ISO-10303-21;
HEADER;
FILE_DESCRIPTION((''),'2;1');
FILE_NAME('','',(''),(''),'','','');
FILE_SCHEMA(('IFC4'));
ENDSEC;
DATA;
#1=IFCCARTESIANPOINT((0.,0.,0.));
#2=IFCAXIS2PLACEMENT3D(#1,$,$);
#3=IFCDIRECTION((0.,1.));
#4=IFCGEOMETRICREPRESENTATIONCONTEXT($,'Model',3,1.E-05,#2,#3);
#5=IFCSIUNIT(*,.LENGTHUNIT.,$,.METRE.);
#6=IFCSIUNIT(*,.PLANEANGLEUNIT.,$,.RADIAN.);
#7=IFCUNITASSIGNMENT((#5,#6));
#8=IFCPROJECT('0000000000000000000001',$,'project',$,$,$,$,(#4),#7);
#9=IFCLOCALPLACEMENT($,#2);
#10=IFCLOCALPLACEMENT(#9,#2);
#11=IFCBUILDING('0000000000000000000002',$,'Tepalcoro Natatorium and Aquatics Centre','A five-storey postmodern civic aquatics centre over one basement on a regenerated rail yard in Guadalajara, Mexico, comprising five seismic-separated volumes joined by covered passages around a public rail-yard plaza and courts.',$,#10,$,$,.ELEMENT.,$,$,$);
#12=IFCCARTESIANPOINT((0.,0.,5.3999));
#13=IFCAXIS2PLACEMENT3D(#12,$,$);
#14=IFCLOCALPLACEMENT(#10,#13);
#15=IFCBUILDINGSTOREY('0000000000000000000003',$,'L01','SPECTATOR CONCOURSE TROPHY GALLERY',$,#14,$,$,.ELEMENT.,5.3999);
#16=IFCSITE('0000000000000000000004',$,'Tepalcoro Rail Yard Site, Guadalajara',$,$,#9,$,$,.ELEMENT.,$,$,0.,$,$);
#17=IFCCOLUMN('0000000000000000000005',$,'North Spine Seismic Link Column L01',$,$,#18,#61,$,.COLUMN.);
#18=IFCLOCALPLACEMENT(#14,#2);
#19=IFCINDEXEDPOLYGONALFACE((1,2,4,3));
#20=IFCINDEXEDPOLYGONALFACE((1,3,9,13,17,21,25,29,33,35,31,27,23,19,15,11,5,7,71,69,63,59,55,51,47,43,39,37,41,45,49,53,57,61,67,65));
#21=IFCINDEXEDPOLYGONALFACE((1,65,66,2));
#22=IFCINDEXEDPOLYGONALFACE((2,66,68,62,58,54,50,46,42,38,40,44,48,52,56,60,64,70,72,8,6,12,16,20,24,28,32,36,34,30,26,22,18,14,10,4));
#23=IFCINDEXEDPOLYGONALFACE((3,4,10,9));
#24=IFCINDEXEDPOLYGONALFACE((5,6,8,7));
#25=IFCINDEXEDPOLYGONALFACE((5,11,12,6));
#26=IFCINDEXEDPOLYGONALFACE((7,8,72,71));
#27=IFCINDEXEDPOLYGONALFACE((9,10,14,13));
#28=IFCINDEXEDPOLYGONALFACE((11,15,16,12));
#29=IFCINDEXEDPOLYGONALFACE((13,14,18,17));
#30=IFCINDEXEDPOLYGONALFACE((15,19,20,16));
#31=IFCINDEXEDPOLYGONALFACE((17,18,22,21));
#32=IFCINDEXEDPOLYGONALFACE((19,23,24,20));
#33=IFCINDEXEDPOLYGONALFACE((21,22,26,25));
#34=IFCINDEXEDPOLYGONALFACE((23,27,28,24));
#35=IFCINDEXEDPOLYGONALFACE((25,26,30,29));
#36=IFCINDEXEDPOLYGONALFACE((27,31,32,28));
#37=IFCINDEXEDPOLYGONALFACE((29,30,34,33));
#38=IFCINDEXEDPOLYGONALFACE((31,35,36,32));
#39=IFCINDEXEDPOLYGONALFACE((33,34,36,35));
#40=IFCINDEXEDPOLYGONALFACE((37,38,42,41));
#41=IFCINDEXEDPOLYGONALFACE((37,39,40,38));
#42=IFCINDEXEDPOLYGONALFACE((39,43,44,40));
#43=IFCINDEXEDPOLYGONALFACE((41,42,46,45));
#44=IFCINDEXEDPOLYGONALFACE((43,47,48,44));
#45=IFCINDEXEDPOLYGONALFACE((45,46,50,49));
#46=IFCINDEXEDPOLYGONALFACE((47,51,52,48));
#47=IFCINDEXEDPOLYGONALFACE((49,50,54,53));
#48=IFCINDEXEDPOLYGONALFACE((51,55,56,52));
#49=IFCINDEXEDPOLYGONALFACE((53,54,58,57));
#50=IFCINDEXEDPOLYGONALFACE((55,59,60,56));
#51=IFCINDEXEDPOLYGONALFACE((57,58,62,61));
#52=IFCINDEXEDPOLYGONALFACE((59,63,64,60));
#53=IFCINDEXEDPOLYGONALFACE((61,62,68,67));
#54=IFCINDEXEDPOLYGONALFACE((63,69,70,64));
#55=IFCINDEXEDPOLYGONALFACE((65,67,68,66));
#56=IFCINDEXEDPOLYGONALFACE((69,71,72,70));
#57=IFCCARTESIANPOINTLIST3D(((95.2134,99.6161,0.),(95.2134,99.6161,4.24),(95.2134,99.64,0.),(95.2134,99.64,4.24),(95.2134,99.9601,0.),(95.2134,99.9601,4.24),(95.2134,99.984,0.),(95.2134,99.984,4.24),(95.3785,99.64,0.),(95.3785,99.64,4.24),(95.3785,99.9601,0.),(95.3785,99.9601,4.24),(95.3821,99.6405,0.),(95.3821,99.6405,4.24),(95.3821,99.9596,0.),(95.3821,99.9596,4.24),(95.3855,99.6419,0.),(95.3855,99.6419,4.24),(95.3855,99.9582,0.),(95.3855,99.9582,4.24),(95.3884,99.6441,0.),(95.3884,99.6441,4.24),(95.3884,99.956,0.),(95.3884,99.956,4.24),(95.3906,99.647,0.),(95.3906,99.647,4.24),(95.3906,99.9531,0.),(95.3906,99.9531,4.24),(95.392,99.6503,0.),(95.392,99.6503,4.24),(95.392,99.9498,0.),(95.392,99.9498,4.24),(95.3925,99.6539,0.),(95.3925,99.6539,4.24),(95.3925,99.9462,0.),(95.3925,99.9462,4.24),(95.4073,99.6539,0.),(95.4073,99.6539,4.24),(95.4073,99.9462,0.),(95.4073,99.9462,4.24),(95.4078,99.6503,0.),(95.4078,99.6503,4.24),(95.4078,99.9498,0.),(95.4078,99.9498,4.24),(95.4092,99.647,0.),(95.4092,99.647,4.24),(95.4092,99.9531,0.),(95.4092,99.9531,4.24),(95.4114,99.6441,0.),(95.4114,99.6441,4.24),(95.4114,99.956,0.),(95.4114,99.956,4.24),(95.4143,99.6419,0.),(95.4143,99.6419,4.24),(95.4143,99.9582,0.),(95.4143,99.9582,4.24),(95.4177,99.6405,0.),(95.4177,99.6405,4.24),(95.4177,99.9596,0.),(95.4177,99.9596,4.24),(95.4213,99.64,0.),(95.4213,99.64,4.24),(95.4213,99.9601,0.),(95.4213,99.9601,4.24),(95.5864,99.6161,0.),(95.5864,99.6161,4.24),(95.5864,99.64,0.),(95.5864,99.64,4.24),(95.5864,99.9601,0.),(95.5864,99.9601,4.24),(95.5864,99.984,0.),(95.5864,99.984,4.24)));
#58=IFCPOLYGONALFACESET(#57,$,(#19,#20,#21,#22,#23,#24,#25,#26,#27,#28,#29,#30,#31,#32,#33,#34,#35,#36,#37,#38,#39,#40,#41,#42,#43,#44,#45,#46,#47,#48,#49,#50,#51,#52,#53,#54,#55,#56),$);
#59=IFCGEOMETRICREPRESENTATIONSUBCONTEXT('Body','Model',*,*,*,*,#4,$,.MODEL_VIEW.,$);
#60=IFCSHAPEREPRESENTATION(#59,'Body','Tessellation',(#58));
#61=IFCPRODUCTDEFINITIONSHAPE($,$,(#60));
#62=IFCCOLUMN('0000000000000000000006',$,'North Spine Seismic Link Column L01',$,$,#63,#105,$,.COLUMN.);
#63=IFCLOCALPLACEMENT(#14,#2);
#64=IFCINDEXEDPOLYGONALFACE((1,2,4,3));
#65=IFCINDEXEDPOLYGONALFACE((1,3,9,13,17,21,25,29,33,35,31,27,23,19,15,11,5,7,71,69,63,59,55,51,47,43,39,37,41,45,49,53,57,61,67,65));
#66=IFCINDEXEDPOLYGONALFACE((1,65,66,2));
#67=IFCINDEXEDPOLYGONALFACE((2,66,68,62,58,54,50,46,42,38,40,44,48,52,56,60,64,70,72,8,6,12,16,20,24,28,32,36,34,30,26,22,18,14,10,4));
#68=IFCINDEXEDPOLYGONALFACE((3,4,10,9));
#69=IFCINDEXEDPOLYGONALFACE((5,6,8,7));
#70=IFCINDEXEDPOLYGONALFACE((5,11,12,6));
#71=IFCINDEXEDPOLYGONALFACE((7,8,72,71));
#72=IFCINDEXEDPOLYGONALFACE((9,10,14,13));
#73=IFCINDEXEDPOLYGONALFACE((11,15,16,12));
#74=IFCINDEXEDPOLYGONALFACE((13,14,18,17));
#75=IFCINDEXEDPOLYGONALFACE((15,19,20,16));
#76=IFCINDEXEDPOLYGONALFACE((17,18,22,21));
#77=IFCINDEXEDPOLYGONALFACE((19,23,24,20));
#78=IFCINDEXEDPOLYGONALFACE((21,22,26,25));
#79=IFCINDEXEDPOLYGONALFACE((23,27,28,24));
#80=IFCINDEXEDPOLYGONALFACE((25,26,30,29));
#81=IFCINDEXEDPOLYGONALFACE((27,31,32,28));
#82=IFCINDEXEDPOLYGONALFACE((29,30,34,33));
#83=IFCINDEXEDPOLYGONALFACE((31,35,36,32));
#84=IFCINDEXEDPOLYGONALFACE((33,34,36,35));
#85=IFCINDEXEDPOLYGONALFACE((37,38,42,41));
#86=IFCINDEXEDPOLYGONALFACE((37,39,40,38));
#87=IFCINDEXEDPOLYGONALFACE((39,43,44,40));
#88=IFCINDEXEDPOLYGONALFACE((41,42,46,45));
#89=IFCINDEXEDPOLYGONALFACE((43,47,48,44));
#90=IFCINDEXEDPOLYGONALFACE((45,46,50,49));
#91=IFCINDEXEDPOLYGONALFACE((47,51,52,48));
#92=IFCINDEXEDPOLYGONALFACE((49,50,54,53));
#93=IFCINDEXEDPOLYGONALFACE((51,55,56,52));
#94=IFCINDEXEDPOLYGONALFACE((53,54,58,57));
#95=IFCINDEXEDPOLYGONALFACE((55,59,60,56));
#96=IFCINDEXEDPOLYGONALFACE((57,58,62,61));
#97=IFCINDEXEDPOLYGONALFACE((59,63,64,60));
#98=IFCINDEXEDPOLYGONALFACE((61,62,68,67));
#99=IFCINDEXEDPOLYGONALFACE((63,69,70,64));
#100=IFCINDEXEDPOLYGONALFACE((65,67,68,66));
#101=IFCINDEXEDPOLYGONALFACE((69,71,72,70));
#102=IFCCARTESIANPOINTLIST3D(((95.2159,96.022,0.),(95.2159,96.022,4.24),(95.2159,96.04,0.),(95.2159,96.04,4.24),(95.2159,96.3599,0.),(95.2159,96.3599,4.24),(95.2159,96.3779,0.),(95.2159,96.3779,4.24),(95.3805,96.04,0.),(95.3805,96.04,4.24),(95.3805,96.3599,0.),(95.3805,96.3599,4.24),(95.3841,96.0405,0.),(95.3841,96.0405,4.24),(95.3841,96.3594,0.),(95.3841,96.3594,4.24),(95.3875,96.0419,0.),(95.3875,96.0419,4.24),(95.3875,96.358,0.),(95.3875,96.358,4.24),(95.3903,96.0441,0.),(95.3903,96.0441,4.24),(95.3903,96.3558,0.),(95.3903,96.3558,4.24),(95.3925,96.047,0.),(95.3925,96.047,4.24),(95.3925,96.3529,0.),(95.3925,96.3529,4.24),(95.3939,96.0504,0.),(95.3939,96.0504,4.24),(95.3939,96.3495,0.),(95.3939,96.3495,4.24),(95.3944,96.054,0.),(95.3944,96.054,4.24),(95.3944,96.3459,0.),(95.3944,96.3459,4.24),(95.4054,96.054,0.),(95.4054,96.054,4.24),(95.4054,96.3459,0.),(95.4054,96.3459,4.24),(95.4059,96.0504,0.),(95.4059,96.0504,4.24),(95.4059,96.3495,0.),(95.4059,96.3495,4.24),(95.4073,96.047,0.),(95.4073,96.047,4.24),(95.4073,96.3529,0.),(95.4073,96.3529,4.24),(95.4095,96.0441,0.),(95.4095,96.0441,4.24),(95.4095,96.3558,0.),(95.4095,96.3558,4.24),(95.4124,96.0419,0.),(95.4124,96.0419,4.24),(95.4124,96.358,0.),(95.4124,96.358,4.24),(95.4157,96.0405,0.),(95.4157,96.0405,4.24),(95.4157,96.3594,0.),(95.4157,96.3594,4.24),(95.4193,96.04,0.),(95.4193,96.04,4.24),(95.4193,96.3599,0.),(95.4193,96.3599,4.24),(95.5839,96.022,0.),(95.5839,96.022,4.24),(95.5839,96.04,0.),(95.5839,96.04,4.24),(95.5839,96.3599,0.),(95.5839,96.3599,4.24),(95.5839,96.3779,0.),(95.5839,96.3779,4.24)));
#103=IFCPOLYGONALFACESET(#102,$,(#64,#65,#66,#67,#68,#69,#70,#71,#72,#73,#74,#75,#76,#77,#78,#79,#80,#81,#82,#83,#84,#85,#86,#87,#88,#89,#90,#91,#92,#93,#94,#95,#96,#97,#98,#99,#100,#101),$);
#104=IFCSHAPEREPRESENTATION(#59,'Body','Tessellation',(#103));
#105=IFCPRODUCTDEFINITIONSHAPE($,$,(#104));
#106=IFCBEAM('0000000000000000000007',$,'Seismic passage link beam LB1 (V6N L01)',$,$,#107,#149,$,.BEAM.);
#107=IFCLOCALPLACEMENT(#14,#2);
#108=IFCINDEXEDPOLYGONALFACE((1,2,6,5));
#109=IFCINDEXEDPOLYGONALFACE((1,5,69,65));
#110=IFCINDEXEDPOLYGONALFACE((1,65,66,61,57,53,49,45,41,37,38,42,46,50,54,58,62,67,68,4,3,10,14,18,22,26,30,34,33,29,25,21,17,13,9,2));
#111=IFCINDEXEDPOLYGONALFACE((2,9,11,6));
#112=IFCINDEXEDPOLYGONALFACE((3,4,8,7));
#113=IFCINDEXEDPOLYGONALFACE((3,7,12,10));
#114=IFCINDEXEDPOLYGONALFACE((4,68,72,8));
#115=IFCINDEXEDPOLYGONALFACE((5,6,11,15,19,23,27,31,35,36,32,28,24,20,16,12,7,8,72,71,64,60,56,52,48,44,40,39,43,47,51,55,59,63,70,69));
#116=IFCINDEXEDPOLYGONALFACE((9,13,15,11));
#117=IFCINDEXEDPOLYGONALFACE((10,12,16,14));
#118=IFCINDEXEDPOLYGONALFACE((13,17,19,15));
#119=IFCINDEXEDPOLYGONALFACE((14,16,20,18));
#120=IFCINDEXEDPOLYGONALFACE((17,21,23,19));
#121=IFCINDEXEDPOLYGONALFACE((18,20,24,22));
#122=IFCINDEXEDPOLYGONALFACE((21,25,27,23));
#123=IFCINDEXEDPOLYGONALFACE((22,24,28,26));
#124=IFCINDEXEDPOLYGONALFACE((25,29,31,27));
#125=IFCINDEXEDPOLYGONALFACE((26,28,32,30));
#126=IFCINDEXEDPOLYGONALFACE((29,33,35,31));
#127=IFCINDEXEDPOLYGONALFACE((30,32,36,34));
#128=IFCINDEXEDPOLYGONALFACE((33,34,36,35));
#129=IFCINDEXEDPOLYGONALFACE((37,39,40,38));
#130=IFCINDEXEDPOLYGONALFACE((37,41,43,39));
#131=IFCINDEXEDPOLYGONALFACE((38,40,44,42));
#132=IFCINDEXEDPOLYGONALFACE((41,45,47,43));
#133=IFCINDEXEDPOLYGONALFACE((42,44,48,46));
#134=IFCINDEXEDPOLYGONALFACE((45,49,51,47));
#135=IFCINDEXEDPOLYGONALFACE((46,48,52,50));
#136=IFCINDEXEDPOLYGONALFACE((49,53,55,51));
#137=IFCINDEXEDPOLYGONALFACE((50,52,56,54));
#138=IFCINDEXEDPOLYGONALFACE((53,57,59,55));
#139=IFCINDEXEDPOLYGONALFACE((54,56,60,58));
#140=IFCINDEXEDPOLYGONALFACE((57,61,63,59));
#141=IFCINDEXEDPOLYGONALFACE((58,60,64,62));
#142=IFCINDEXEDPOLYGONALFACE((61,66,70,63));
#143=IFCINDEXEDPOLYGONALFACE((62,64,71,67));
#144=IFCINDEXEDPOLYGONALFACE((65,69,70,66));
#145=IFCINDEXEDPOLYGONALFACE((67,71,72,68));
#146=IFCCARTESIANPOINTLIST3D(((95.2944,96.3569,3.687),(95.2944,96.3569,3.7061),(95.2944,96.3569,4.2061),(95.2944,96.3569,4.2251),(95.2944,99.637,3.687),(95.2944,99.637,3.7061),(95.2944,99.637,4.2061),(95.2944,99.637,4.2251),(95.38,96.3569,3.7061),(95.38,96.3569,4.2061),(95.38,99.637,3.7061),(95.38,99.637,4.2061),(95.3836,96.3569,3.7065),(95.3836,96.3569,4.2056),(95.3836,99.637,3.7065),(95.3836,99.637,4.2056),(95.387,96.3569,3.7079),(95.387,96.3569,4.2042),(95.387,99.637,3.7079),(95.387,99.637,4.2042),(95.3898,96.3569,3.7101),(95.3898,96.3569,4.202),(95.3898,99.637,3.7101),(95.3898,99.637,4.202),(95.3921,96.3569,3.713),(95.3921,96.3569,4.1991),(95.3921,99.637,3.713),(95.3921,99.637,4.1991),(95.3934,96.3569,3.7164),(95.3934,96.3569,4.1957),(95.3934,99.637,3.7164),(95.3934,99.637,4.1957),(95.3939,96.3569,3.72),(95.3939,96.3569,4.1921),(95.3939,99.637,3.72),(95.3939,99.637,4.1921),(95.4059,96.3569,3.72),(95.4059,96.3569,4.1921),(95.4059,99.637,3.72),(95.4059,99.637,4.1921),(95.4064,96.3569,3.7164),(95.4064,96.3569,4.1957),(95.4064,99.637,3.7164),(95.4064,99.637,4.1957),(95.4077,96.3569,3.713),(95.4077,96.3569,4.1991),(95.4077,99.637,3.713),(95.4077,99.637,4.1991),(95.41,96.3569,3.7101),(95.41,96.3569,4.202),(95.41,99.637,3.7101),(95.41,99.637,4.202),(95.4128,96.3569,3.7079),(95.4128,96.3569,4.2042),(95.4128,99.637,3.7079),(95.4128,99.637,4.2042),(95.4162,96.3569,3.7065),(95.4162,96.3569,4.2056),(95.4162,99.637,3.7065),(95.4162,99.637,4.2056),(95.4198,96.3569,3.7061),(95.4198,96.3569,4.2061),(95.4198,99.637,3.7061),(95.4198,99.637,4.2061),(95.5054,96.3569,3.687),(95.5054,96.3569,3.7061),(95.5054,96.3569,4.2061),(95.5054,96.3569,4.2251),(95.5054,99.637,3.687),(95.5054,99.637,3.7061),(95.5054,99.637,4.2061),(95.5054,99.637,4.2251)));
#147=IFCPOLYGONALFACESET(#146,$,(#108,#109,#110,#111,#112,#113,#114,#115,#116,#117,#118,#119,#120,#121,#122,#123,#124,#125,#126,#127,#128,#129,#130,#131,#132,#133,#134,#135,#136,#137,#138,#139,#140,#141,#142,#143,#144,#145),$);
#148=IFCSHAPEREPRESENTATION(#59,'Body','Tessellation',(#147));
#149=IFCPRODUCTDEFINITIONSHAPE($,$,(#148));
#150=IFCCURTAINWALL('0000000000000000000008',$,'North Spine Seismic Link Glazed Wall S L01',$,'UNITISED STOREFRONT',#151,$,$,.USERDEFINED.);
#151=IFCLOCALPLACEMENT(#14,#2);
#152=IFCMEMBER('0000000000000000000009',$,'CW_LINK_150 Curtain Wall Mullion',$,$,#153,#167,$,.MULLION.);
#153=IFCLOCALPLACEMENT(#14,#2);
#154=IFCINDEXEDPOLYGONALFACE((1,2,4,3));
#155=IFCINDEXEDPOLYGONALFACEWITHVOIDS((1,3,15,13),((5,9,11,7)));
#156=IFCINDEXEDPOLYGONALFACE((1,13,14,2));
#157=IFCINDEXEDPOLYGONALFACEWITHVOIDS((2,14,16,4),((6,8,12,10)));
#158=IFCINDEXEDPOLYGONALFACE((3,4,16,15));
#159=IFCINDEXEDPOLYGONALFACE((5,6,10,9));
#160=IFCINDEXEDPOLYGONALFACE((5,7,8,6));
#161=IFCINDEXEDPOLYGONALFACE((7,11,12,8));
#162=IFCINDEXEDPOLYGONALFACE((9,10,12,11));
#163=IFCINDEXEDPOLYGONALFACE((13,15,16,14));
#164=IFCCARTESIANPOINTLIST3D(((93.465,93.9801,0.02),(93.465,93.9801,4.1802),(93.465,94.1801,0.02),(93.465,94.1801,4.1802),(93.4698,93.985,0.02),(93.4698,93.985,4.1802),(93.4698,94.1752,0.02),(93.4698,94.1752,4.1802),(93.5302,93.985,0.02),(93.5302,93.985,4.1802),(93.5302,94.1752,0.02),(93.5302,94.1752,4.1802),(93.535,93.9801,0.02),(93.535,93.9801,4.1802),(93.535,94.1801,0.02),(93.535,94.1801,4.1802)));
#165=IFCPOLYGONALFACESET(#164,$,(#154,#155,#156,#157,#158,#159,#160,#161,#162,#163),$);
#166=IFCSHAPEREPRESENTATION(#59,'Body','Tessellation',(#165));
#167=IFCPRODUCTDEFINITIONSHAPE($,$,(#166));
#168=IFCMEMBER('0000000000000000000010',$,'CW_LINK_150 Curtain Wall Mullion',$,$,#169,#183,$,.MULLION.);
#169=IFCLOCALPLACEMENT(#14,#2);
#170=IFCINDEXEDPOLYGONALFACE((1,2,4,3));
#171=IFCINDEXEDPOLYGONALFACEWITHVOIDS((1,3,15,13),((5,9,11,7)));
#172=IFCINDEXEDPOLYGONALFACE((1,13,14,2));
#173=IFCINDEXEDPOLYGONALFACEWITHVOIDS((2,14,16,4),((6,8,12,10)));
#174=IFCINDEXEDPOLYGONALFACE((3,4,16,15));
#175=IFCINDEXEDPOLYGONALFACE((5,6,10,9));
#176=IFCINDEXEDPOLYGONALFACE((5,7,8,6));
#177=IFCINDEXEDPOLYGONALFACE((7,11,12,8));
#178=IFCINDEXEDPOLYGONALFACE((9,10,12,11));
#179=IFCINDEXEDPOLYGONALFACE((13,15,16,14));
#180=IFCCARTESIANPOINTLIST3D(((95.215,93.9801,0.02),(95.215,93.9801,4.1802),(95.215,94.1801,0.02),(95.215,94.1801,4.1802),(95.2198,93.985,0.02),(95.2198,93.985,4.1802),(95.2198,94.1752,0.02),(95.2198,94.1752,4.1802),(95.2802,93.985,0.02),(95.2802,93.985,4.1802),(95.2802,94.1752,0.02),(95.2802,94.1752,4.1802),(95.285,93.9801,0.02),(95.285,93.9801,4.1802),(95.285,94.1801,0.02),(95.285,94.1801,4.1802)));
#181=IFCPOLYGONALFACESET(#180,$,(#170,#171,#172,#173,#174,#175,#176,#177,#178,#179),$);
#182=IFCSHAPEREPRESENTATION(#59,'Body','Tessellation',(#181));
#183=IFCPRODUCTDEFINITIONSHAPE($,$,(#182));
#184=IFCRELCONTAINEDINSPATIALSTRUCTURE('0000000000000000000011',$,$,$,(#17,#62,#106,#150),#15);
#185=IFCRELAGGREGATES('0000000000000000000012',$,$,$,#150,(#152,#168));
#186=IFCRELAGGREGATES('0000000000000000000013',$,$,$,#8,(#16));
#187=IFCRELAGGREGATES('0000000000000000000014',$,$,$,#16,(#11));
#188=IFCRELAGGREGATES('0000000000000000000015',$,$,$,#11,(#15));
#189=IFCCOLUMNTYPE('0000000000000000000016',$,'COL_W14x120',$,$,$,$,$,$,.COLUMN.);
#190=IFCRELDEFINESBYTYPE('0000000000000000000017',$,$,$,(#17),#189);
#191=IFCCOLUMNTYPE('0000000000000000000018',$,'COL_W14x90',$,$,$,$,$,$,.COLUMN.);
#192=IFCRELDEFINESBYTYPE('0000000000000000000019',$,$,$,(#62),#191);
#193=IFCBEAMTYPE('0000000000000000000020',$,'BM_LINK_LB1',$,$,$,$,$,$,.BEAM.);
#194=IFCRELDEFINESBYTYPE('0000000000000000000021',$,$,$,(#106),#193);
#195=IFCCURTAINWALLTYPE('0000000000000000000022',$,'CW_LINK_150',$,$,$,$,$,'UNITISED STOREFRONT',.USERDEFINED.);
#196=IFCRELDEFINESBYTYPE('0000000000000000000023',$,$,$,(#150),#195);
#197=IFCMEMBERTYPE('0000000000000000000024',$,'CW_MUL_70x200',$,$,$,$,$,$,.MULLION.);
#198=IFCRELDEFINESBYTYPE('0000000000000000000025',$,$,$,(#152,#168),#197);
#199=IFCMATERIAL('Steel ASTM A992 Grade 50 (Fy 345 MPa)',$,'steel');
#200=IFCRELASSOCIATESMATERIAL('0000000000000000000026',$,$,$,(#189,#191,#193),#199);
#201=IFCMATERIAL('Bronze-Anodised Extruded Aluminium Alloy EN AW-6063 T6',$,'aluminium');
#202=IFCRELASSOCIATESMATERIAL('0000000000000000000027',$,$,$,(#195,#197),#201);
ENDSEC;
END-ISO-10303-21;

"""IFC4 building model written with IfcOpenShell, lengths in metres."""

from ifc_helpers import new_model, si_unit, direction, frame, origin, origin_2d, place, context, subcontext, project, spatial, hollow_rectangle, i_section, extrude, material, material_profile, profile_set, type_object, element, aggregate, save


model = new_model("IFC4")

# Units and contexts
model_context = context("Model", 3, precision=1e-05, world=origin(), true_north=direction((0.0, 1.0)))
body_context = subcontext(model_context, "Body", "Model", "MODEL_VIEW")
ifc_project = project(units=[si_unit("LENGTHUNIT", "METRE"), si_unit("PLANEANGLEUNIT", "RADIAN")], contexts=[model_context])

# Site, building, storey
site_placement = place(None, origin())
site = spatial("IfcSite", under=ifc_project, at=site_placement, Name="Tepalcoro Rail Yard Site, Guadalajara", CompositionType="ELEMENT", RefElevation=0.0)
building_placement = place(site_placement, origin())
building = spatial("IfcBuilding", under=site, at=building_placement, Name="Tepalcoro Natatorium and Aquatics Centre", Description="A five-storey postmodern civic aquatics centre over one basement on a regenerated rail yard in Guadalajara, Mexico, comprising five seismic-separated volumes joined by covered passages around a public rail-yard plaza and courts.", CompositionType="ELEMENT")
storey_placement = place(building_placement, frame((0.0, 0.0, 5.3999)))
storey = spatial("IfcBuildingStorey", under=building, at=storey_placement, Name="L01", Description="SPECTATOR CONCOURSE TROPHY GALLERY", CompositionType="ELEMENT", Elevation=5.3999)

# Columns
ifc_material_1 = material(Name="Steel ASTM A992 Grade 50 (Fy 345 MPa)", Category="steel")
ifc_material_profile_1 = material_profile(ifc_material_1, i_section(OverallWidth=0.373, OverallDepth=0.3679, WebThickness=0.0149, FlangeThickness=0.0239, FilletRadius=0.0139, at=origin_2d()), Name="W14X120")
ifc_profile_set_1 = profile_set([ifc_material_profile_1], Name="Steel ASTM A992 Grade 50 (Fy 345 MPa)")
column_type_1 = type_object("IfcColumnType", Name="COL_W14x120", PredefinedType="COLUMN", material=ifc_profile_set_1)
column_1_placement = place(storey_placement, frame((95.3999, 99.8, 0.0), z_axis=(0.0, 0.0, 1.0), x_axis=(1.0, 0.0, 0.0)))
element("IfcColumn", 1, at=column_1_placement, inside=storey, type_object=column_type_1, Name="North Spine Seismic Link Column L01", PredefinedType="COLUMN", context=body_context, shape_type="SweptSolid", body=[
    extrude(i_section(OverallWidth=0.373, OverallDepth=0.3679, WebThickness=0.0149, FlangeThickness=0.0239, FilletRadius=0.0139, at=origin_2d()), origin(), (0.0, 0.0, 1.0), 4.24),
])
ifc_material_profile_2 = material_profile(ifc_material_1, i_section(OverallWidth=0.3679, OverallDepth=0.356, WebThickness=0.011, FlangeThickness=0.0181, FilletRadius=0.0139, at=origin_2d()), Name="W14X90")
ifc_profile_set_2 = profile_set([ifc_material_profile_2], Name="Steel ASTM A992 Grade 50 (Fy 345 MPa)")
column_type_2 = type_object("IfcColumnType", Name="COL_W14x90", PredefinedType="COLUMN", material=ifc_profile_set_2)
column_2_placement = place(storey_placement, frame((95.3999, 96.2, 0.0), z_axis=(0.0, 0.0, 1.0), x_axis=(1.0, 0.0, 0.0)))
element("IfcColumn", 2, at=column_2_placement, inside=storey, type_object=column_type_2, Name="North Spine Seismic Link Column L01", PredefinedType="COLUMN", context=body_context, shape_type="SweptSolid", body=[
    extrude(i_section(OverallWidth=0.3679, OverallDepth=0.356, WebThickness=0.011, FlangeThickness=0.0181, FilletRadius=0.0139, at=origin_2d()), origin(), (0.0, 0.0, 1.0), 4.24),
])

# Beam
ifc_material_profile_3 = material_profile(ifc_material_1, i_section(OverallWidth=0.2109, OverallDepth=0.5381, WebThickness=0.012, FlangeThickness=0.019, FilletRadius=0.0139, at=origin_2d()), Name="W21X73")
ifc_profile_set_3 = profile_set([ifc_material_profile_3], Name="Steel ASTM A992 Grade 50 (Fy 345 MPa)")
beam_type_1 = type_object("IfcBeamType", Name="BM_LINK_LB1", PredefinedType="BEAM", material=ifc_profile_set_3)
beam_1_placement = place(storey_placement, frame((95.3999, 96.3569, 3.9561), z_axis=(0.0, 1.0, 0.0), x_axis=(-1.0, 0.0, 0.0)))
element("IfcBeam", 3, at=beam_1_placement, inside=storey, type_object=beam_type_1, Name="Seismic passage link beam LB1 (V6N L01)", PredefinedType="BEAM", context=body_context, shape_type="SweptSolid", body=[
    extrude(i_section(OverallWidth=0.2109, OverallDepth=0.5381, WebThickness=0.012, FlangeThickness=0.019, FilletRadius=0.0139, at=origin_2d()), origin(), (0.0, 0.0, 1.0), 3.28),
])

# Curtain wall, members
ifc_material_2 = material(Name="Bronze-Anodised Extruded Aluminium Alloy EN AW-6063 T6", Category="aluminium")
curtain_wall_type = type_object("IfcCurtainWallType", Name="CW_LINK_150", ElementType="UNITISED STOREFRONT", PredefinedType="USERDEFINED", material=ifc_material_2)
curtain_wall_1_placement = place(storey_placement, origin())
curtain_wall_1 = element("IfcCurtainWall", 4, at=curtain_wall_1_placement, inside=storey, type_object=curtain_wall_type, Name="North Spine Seismic Link Glazed Wall S L01", ObjectType="UNITISED STOREFRONT", PredefinedType="USERDEFINED")
ifc_material_profile_4 = material_profile(ifc_material_2, hollow_rectangle(XDim=0.0701, YDim=0.2, WallThickness=0.0049, at=origin_2d()), Name="AL70X200X5")
ifc_profile_set_4 = profile_set([ifc_material_profile_4], Name="Bronze-Anodised Extruded Aluminium Alloy EN AW-6063 T6")
member_type_1 = type_object("IfcMemberType", Name="CW_MUL_70x200", PredefinedType="MULLION", material=ifc_profile_set_4)
member_1_placement = place(storey_placement, frame((93.5, 94.0801, 0.02), z_axis=(0.0, 0.0, 1.0), x_axis=(1.0, 0.0, 0.0)))
member_1 = element("IfcMember", 5, at=member_1_placement, type_object=member_type_1, Name="CW_LINK_150 Curtain Wall Mullion", PredefinedType="MULLION", context=body_context, shape_type="SweptSolid", body=[
    extrude(hollow_rectangle(XDim=0.0701, YDim=0.2, WallThickness=0.0049, at=origin_2d()), origin(), (0.0, 0.0, 1.0), 4.1602),
])
member_2_placement = place(storey_placement, frame((95.25, 94.0801, 0.02), z_axis=(0.0, 0.0, 1.0), x_axis=(1.0, 0.0, 0.0)))
member_2 = element("IfcMember", 6, at=member_2_placement, type_object=member_type_1, Name="CW_LINK_150 Curtain Wall Mullion", PredefinedType="MULLION", context=body_context, shape_type="SweptSolid", body=[
    extrude(hollow_rectangle(XDim=0.0701, YDim=0.2, WallThickness=0.0049, at=origin_2d()), origin(), (0.0, 0.0, 1.0), 4.1602),
])

aggregate(curtain_wall_1, [member_1, member_2])

save(model, "model.ifc")
